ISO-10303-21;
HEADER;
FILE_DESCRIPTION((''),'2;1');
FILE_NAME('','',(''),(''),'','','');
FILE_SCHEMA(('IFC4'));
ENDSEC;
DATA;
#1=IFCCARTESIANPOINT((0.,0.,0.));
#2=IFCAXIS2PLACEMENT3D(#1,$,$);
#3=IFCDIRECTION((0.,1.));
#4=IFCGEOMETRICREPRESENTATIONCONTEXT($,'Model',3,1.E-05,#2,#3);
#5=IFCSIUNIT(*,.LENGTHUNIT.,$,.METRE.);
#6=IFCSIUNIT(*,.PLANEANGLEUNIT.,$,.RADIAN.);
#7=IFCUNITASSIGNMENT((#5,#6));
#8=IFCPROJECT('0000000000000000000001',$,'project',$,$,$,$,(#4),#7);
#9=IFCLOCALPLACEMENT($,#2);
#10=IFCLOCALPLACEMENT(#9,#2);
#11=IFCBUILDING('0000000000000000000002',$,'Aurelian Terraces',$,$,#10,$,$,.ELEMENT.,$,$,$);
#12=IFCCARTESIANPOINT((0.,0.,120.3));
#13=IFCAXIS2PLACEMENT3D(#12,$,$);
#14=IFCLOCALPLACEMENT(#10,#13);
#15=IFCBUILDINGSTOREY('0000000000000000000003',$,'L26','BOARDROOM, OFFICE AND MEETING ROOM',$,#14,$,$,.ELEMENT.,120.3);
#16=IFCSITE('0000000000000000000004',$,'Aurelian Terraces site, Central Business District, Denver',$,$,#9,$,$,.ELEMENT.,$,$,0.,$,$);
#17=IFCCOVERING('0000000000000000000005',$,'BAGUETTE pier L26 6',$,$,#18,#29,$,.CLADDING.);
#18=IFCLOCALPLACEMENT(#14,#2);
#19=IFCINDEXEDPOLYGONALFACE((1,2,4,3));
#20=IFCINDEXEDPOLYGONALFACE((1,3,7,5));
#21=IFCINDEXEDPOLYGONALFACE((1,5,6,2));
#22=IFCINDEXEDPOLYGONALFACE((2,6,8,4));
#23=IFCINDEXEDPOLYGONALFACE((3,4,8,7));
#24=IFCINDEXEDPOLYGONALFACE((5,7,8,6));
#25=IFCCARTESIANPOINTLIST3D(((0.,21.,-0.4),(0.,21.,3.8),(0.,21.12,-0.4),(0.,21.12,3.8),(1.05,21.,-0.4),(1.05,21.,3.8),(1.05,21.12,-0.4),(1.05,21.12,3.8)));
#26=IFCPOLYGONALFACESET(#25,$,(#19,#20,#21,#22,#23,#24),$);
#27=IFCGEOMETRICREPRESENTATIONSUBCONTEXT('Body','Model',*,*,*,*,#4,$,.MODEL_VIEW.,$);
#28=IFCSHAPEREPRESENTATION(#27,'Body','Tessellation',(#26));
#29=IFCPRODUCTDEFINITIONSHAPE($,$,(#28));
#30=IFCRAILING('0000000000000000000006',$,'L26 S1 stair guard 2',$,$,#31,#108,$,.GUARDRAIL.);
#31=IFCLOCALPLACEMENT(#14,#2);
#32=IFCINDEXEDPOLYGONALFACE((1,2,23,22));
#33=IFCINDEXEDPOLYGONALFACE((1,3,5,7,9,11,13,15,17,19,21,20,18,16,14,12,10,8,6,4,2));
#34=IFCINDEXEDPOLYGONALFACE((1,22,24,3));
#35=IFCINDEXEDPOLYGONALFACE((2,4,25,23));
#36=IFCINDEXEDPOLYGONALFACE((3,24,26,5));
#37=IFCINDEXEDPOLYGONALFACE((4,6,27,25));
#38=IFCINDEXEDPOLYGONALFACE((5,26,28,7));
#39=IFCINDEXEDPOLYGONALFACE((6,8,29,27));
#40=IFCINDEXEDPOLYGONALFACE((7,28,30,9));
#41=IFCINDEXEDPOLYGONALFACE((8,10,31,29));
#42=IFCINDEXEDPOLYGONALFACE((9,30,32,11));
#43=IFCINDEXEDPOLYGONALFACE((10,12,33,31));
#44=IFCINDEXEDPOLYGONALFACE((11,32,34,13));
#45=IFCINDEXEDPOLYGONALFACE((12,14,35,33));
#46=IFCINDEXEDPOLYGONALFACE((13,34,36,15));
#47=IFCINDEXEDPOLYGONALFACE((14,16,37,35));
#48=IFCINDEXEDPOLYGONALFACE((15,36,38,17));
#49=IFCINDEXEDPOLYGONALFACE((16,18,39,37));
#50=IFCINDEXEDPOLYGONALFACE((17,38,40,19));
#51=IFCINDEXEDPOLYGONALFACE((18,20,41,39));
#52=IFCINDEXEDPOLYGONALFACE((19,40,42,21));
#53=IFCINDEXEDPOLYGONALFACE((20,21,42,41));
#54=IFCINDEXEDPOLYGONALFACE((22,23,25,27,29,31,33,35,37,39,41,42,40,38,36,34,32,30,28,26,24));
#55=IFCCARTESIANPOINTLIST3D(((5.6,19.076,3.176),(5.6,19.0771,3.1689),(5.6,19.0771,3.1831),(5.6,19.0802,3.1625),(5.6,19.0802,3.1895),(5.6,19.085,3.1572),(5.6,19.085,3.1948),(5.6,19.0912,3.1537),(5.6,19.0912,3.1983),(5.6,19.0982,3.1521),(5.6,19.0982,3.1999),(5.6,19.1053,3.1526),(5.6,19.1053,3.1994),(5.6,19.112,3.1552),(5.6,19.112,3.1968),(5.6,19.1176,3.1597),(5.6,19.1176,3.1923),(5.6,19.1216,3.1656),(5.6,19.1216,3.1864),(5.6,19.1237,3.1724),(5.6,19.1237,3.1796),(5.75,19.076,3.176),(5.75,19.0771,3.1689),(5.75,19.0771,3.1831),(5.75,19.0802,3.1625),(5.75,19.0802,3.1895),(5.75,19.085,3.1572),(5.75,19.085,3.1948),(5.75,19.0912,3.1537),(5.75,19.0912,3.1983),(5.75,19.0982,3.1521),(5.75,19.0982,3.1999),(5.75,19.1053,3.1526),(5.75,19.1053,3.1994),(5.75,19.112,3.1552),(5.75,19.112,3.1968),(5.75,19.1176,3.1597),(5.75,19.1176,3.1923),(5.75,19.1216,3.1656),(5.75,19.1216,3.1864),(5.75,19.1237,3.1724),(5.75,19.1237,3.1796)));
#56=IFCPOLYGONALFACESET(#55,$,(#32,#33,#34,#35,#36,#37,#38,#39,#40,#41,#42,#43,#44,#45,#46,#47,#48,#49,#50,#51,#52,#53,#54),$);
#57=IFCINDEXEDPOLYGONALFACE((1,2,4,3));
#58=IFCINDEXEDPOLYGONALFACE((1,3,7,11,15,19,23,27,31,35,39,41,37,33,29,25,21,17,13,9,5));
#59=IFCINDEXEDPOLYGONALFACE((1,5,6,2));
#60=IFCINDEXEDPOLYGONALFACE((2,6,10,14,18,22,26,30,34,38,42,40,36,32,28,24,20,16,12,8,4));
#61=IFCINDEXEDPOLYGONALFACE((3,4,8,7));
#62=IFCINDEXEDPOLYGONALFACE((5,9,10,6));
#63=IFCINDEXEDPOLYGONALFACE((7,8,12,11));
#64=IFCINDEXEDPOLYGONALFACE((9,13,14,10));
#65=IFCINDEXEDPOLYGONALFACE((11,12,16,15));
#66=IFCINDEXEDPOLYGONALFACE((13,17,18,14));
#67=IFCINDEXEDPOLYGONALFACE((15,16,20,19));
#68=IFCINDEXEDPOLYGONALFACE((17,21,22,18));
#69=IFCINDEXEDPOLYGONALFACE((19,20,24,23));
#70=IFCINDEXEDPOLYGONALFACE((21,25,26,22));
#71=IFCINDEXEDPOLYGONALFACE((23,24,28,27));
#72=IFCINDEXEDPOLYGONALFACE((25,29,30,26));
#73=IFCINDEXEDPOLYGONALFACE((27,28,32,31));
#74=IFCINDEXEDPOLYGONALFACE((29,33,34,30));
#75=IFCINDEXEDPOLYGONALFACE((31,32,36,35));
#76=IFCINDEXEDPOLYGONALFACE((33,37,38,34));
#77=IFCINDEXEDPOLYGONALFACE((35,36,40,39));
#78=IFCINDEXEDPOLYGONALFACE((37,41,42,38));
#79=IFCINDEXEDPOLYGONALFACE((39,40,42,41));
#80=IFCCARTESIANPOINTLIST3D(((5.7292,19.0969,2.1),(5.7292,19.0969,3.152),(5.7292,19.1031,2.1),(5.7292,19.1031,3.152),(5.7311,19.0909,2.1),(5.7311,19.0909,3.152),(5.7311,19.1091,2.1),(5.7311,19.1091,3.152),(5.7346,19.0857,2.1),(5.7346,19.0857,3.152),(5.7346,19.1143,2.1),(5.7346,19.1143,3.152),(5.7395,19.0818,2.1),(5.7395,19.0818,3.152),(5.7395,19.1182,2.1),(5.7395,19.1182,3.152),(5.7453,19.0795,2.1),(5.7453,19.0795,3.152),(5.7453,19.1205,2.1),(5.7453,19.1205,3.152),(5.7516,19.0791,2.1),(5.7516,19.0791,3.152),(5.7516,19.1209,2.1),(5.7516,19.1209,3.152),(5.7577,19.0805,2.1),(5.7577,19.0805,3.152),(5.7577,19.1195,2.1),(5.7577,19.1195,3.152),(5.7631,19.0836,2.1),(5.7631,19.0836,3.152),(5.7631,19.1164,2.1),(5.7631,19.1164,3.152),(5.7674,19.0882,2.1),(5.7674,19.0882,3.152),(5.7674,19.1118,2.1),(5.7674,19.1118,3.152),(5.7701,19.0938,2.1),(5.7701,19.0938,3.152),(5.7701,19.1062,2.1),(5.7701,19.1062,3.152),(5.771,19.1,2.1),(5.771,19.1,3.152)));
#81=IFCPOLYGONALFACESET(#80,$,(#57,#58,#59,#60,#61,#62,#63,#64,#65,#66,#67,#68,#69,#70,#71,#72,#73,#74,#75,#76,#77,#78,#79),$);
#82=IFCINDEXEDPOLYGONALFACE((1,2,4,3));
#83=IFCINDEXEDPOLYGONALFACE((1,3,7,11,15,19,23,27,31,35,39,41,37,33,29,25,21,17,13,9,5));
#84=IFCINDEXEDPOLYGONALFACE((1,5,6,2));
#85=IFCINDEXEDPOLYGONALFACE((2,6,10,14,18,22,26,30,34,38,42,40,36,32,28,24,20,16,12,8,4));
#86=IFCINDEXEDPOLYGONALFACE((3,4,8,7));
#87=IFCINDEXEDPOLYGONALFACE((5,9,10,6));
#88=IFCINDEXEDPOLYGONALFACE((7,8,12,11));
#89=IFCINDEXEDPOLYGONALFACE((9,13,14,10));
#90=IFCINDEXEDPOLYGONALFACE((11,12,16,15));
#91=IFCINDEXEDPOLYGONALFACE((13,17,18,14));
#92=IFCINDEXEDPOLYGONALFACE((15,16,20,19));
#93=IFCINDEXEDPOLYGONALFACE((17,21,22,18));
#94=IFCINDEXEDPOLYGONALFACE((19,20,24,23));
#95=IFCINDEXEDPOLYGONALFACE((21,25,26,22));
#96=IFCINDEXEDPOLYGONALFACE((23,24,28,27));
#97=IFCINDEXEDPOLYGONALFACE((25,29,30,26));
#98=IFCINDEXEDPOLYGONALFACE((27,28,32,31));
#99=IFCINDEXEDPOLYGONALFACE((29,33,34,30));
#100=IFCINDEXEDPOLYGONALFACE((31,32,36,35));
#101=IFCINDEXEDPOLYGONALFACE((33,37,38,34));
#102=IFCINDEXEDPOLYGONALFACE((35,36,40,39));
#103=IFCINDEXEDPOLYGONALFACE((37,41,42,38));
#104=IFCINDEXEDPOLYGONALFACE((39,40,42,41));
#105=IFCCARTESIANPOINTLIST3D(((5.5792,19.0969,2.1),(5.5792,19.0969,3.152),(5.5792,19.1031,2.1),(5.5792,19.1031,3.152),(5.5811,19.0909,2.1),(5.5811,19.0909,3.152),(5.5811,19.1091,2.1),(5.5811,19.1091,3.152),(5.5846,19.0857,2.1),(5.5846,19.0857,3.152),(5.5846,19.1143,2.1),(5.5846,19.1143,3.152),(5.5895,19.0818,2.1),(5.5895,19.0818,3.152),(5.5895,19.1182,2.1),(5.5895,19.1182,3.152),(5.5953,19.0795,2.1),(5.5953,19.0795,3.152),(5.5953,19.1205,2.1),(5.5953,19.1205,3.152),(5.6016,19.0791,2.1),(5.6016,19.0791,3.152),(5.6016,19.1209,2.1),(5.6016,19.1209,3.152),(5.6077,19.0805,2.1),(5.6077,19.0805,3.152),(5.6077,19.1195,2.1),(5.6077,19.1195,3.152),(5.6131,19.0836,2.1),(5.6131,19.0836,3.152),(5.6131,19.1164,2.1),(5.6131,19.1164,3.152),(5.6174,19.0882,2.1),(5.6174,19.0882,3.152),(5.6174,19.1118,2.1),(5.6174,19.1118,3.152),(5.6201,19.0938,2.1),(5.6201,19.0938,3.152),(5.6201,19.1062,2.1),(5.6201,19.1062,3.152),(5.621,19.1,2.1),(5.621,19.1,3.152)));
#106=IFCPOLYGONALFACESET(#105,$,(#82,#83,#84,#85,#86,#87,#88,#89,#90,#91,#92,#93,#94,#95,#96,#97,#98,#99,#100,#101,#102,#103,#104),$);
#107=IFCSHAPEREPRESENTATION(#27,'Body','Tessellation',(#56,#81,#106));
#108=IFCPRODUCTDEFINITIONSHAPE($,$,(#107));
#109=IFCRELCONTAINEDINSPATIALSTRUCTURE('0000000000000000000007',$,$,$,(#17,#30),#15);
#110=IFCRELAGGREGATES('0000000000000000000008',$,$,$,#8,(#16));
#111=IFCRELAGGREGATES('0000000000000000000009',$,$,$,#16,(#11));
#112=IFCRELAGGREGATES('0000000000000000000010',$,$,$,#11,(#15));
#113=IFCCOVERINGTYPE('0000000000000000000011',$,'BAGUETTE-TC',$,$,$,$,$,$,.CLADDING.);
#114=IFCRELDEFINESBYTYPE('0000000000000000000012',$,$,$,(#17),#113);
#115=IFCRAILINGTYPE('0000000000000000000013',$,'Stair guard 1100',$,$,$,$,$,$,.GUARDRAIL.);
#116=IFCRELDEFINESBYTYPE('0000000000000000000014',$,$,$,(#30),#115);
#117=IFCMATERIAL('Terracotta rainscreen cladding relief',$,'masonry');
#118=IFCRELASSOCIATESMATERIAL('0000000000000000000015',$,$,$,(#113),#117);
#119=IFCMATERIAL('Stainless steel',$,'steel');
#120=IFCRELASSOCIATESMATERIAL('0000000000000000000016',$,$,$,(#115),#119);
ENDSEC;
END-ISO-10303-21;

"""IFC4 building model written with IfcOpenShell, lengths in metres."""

from ifc_helpers import new_model, si_unit, direction, frame, origin, origin_2d, place, context, subcontext, project, spatial, rectangle, circle, extrude, source, transform, mapped, material, type_object, element, save


model = new_model("IFC4")

# Units and contexts
model_context = context("Model", 3, precision=1e-05, world=origin(), true_north=direction((0.0, 1.0)))
body_context = subcontext(model_context, "Body", "Model", "MODEL_VIEW")
ifc_project = project(units=[si_unit("LENGTHUNIT", "METRE"), si_unit("PLANEANGLEUNIT", "RADIAN")], contexts=[model_context])

# Site, building, storey
site_placement = place(None, origin())
site = spatial("IfcSite", under=ifc_project, at=site_placement, Name="Aurelian Terraces site, Central Business District, Denver", CompositionType="ELEMENT", RefElevation=0.0)
building_placement = place(site_placement, origin())
building = spatial("IfcBuilding", under=site, at=building_placement, Name="Aurelian Terraces", CompositionType="ELEMENT")
storey_placement = place(building_placement, frame((0.0, 0.0, 120.3)))
storey = spatial("IfcBuildingStorey", under=building, at=storey_placement, Name="L26", Description="BOARDROOM, OFFICE AND MEETING ROOM", CompositionType="ELEMENT", Elevation=120.3)

# Covering
ifc_material_1 = material(Name="Terracotta rainscreen cladding relief", Category="masonry")
covering_type = type_object("IfcCoveringType", Name="BAGUETTE-TC", PredefinedType="CLADDING", material=ifc_material_1)
shared_shape_1 = source(origin(), body_context, "Body", "SweptSolid", [
    extrude(rectangle(XDim=1.05, YDim=0.12, at=origin_2d()), origin(), (0.0, 0.0, 1.0), 4.2),
])
covering_placement = place(storey_placement, frame((0.525, 21.06, -0.4), z_axis=(0.0, 0.0, 1.0), x_axis=(1.0, 0.0, 0.0)))
element("IfcCovering", 1, at=covering_placement, inside=storey, type_object=covering_type, Name="BAGUETTE pier L26 6", PredefinedType="CLADDING", context=body_context, shape_type="MappedRepresentation", body=[
    mapped(shared_shape_1, transform((0.0, 0.0, 0.0), scale=1.0)),
])

# Railing
ifc_material_2 = material(Name="Stainless steel", Category="steel")
railing_type = type_object("IfcRailingType", Name="Stair guard 1100", PredefinedType="GUARDRAIL", material=ifc_material_2)
shared_shape_2 = source(origin(), body_context, "Body", "SweptSolid", [
    extrude(circle(Radius=0.024, at=origin_2d()), frame((0.0, 0.0, 1.076), z_axis=(-1.0, 0.0, 0.0), x_axis=(0.0, -1.0, 0.0)), (0.0, 0.0, 1.0), 0.15),
    extrude(circle(Radius=0.021, at=origin_2d()), origin(), (0.0, 0.0, 1.0), 1.052),
    extrude(circle(Radius=0.021, at=origin_2d()), frame((-0.15, 0.0, 0.0)), (0.0, 0.0, 1.0), 1.052),
])
railing_1_placement = place(storey_placement, frame((5.75, 19.1, 2.1)))
element("IfcRailing", 2, at=railing_1_placement, inside=storey, type_object=railing_type, Name="L26 S1 stair guard 2", PredefinedType="GUARDRAIL", context=body_context, shape_type="MappedRepresentation", body=[
    mapped(shared_shape_2, transform((0.0, 0.0, 0.0), scale=1.0)),
])

save(model, "model.ifc")
